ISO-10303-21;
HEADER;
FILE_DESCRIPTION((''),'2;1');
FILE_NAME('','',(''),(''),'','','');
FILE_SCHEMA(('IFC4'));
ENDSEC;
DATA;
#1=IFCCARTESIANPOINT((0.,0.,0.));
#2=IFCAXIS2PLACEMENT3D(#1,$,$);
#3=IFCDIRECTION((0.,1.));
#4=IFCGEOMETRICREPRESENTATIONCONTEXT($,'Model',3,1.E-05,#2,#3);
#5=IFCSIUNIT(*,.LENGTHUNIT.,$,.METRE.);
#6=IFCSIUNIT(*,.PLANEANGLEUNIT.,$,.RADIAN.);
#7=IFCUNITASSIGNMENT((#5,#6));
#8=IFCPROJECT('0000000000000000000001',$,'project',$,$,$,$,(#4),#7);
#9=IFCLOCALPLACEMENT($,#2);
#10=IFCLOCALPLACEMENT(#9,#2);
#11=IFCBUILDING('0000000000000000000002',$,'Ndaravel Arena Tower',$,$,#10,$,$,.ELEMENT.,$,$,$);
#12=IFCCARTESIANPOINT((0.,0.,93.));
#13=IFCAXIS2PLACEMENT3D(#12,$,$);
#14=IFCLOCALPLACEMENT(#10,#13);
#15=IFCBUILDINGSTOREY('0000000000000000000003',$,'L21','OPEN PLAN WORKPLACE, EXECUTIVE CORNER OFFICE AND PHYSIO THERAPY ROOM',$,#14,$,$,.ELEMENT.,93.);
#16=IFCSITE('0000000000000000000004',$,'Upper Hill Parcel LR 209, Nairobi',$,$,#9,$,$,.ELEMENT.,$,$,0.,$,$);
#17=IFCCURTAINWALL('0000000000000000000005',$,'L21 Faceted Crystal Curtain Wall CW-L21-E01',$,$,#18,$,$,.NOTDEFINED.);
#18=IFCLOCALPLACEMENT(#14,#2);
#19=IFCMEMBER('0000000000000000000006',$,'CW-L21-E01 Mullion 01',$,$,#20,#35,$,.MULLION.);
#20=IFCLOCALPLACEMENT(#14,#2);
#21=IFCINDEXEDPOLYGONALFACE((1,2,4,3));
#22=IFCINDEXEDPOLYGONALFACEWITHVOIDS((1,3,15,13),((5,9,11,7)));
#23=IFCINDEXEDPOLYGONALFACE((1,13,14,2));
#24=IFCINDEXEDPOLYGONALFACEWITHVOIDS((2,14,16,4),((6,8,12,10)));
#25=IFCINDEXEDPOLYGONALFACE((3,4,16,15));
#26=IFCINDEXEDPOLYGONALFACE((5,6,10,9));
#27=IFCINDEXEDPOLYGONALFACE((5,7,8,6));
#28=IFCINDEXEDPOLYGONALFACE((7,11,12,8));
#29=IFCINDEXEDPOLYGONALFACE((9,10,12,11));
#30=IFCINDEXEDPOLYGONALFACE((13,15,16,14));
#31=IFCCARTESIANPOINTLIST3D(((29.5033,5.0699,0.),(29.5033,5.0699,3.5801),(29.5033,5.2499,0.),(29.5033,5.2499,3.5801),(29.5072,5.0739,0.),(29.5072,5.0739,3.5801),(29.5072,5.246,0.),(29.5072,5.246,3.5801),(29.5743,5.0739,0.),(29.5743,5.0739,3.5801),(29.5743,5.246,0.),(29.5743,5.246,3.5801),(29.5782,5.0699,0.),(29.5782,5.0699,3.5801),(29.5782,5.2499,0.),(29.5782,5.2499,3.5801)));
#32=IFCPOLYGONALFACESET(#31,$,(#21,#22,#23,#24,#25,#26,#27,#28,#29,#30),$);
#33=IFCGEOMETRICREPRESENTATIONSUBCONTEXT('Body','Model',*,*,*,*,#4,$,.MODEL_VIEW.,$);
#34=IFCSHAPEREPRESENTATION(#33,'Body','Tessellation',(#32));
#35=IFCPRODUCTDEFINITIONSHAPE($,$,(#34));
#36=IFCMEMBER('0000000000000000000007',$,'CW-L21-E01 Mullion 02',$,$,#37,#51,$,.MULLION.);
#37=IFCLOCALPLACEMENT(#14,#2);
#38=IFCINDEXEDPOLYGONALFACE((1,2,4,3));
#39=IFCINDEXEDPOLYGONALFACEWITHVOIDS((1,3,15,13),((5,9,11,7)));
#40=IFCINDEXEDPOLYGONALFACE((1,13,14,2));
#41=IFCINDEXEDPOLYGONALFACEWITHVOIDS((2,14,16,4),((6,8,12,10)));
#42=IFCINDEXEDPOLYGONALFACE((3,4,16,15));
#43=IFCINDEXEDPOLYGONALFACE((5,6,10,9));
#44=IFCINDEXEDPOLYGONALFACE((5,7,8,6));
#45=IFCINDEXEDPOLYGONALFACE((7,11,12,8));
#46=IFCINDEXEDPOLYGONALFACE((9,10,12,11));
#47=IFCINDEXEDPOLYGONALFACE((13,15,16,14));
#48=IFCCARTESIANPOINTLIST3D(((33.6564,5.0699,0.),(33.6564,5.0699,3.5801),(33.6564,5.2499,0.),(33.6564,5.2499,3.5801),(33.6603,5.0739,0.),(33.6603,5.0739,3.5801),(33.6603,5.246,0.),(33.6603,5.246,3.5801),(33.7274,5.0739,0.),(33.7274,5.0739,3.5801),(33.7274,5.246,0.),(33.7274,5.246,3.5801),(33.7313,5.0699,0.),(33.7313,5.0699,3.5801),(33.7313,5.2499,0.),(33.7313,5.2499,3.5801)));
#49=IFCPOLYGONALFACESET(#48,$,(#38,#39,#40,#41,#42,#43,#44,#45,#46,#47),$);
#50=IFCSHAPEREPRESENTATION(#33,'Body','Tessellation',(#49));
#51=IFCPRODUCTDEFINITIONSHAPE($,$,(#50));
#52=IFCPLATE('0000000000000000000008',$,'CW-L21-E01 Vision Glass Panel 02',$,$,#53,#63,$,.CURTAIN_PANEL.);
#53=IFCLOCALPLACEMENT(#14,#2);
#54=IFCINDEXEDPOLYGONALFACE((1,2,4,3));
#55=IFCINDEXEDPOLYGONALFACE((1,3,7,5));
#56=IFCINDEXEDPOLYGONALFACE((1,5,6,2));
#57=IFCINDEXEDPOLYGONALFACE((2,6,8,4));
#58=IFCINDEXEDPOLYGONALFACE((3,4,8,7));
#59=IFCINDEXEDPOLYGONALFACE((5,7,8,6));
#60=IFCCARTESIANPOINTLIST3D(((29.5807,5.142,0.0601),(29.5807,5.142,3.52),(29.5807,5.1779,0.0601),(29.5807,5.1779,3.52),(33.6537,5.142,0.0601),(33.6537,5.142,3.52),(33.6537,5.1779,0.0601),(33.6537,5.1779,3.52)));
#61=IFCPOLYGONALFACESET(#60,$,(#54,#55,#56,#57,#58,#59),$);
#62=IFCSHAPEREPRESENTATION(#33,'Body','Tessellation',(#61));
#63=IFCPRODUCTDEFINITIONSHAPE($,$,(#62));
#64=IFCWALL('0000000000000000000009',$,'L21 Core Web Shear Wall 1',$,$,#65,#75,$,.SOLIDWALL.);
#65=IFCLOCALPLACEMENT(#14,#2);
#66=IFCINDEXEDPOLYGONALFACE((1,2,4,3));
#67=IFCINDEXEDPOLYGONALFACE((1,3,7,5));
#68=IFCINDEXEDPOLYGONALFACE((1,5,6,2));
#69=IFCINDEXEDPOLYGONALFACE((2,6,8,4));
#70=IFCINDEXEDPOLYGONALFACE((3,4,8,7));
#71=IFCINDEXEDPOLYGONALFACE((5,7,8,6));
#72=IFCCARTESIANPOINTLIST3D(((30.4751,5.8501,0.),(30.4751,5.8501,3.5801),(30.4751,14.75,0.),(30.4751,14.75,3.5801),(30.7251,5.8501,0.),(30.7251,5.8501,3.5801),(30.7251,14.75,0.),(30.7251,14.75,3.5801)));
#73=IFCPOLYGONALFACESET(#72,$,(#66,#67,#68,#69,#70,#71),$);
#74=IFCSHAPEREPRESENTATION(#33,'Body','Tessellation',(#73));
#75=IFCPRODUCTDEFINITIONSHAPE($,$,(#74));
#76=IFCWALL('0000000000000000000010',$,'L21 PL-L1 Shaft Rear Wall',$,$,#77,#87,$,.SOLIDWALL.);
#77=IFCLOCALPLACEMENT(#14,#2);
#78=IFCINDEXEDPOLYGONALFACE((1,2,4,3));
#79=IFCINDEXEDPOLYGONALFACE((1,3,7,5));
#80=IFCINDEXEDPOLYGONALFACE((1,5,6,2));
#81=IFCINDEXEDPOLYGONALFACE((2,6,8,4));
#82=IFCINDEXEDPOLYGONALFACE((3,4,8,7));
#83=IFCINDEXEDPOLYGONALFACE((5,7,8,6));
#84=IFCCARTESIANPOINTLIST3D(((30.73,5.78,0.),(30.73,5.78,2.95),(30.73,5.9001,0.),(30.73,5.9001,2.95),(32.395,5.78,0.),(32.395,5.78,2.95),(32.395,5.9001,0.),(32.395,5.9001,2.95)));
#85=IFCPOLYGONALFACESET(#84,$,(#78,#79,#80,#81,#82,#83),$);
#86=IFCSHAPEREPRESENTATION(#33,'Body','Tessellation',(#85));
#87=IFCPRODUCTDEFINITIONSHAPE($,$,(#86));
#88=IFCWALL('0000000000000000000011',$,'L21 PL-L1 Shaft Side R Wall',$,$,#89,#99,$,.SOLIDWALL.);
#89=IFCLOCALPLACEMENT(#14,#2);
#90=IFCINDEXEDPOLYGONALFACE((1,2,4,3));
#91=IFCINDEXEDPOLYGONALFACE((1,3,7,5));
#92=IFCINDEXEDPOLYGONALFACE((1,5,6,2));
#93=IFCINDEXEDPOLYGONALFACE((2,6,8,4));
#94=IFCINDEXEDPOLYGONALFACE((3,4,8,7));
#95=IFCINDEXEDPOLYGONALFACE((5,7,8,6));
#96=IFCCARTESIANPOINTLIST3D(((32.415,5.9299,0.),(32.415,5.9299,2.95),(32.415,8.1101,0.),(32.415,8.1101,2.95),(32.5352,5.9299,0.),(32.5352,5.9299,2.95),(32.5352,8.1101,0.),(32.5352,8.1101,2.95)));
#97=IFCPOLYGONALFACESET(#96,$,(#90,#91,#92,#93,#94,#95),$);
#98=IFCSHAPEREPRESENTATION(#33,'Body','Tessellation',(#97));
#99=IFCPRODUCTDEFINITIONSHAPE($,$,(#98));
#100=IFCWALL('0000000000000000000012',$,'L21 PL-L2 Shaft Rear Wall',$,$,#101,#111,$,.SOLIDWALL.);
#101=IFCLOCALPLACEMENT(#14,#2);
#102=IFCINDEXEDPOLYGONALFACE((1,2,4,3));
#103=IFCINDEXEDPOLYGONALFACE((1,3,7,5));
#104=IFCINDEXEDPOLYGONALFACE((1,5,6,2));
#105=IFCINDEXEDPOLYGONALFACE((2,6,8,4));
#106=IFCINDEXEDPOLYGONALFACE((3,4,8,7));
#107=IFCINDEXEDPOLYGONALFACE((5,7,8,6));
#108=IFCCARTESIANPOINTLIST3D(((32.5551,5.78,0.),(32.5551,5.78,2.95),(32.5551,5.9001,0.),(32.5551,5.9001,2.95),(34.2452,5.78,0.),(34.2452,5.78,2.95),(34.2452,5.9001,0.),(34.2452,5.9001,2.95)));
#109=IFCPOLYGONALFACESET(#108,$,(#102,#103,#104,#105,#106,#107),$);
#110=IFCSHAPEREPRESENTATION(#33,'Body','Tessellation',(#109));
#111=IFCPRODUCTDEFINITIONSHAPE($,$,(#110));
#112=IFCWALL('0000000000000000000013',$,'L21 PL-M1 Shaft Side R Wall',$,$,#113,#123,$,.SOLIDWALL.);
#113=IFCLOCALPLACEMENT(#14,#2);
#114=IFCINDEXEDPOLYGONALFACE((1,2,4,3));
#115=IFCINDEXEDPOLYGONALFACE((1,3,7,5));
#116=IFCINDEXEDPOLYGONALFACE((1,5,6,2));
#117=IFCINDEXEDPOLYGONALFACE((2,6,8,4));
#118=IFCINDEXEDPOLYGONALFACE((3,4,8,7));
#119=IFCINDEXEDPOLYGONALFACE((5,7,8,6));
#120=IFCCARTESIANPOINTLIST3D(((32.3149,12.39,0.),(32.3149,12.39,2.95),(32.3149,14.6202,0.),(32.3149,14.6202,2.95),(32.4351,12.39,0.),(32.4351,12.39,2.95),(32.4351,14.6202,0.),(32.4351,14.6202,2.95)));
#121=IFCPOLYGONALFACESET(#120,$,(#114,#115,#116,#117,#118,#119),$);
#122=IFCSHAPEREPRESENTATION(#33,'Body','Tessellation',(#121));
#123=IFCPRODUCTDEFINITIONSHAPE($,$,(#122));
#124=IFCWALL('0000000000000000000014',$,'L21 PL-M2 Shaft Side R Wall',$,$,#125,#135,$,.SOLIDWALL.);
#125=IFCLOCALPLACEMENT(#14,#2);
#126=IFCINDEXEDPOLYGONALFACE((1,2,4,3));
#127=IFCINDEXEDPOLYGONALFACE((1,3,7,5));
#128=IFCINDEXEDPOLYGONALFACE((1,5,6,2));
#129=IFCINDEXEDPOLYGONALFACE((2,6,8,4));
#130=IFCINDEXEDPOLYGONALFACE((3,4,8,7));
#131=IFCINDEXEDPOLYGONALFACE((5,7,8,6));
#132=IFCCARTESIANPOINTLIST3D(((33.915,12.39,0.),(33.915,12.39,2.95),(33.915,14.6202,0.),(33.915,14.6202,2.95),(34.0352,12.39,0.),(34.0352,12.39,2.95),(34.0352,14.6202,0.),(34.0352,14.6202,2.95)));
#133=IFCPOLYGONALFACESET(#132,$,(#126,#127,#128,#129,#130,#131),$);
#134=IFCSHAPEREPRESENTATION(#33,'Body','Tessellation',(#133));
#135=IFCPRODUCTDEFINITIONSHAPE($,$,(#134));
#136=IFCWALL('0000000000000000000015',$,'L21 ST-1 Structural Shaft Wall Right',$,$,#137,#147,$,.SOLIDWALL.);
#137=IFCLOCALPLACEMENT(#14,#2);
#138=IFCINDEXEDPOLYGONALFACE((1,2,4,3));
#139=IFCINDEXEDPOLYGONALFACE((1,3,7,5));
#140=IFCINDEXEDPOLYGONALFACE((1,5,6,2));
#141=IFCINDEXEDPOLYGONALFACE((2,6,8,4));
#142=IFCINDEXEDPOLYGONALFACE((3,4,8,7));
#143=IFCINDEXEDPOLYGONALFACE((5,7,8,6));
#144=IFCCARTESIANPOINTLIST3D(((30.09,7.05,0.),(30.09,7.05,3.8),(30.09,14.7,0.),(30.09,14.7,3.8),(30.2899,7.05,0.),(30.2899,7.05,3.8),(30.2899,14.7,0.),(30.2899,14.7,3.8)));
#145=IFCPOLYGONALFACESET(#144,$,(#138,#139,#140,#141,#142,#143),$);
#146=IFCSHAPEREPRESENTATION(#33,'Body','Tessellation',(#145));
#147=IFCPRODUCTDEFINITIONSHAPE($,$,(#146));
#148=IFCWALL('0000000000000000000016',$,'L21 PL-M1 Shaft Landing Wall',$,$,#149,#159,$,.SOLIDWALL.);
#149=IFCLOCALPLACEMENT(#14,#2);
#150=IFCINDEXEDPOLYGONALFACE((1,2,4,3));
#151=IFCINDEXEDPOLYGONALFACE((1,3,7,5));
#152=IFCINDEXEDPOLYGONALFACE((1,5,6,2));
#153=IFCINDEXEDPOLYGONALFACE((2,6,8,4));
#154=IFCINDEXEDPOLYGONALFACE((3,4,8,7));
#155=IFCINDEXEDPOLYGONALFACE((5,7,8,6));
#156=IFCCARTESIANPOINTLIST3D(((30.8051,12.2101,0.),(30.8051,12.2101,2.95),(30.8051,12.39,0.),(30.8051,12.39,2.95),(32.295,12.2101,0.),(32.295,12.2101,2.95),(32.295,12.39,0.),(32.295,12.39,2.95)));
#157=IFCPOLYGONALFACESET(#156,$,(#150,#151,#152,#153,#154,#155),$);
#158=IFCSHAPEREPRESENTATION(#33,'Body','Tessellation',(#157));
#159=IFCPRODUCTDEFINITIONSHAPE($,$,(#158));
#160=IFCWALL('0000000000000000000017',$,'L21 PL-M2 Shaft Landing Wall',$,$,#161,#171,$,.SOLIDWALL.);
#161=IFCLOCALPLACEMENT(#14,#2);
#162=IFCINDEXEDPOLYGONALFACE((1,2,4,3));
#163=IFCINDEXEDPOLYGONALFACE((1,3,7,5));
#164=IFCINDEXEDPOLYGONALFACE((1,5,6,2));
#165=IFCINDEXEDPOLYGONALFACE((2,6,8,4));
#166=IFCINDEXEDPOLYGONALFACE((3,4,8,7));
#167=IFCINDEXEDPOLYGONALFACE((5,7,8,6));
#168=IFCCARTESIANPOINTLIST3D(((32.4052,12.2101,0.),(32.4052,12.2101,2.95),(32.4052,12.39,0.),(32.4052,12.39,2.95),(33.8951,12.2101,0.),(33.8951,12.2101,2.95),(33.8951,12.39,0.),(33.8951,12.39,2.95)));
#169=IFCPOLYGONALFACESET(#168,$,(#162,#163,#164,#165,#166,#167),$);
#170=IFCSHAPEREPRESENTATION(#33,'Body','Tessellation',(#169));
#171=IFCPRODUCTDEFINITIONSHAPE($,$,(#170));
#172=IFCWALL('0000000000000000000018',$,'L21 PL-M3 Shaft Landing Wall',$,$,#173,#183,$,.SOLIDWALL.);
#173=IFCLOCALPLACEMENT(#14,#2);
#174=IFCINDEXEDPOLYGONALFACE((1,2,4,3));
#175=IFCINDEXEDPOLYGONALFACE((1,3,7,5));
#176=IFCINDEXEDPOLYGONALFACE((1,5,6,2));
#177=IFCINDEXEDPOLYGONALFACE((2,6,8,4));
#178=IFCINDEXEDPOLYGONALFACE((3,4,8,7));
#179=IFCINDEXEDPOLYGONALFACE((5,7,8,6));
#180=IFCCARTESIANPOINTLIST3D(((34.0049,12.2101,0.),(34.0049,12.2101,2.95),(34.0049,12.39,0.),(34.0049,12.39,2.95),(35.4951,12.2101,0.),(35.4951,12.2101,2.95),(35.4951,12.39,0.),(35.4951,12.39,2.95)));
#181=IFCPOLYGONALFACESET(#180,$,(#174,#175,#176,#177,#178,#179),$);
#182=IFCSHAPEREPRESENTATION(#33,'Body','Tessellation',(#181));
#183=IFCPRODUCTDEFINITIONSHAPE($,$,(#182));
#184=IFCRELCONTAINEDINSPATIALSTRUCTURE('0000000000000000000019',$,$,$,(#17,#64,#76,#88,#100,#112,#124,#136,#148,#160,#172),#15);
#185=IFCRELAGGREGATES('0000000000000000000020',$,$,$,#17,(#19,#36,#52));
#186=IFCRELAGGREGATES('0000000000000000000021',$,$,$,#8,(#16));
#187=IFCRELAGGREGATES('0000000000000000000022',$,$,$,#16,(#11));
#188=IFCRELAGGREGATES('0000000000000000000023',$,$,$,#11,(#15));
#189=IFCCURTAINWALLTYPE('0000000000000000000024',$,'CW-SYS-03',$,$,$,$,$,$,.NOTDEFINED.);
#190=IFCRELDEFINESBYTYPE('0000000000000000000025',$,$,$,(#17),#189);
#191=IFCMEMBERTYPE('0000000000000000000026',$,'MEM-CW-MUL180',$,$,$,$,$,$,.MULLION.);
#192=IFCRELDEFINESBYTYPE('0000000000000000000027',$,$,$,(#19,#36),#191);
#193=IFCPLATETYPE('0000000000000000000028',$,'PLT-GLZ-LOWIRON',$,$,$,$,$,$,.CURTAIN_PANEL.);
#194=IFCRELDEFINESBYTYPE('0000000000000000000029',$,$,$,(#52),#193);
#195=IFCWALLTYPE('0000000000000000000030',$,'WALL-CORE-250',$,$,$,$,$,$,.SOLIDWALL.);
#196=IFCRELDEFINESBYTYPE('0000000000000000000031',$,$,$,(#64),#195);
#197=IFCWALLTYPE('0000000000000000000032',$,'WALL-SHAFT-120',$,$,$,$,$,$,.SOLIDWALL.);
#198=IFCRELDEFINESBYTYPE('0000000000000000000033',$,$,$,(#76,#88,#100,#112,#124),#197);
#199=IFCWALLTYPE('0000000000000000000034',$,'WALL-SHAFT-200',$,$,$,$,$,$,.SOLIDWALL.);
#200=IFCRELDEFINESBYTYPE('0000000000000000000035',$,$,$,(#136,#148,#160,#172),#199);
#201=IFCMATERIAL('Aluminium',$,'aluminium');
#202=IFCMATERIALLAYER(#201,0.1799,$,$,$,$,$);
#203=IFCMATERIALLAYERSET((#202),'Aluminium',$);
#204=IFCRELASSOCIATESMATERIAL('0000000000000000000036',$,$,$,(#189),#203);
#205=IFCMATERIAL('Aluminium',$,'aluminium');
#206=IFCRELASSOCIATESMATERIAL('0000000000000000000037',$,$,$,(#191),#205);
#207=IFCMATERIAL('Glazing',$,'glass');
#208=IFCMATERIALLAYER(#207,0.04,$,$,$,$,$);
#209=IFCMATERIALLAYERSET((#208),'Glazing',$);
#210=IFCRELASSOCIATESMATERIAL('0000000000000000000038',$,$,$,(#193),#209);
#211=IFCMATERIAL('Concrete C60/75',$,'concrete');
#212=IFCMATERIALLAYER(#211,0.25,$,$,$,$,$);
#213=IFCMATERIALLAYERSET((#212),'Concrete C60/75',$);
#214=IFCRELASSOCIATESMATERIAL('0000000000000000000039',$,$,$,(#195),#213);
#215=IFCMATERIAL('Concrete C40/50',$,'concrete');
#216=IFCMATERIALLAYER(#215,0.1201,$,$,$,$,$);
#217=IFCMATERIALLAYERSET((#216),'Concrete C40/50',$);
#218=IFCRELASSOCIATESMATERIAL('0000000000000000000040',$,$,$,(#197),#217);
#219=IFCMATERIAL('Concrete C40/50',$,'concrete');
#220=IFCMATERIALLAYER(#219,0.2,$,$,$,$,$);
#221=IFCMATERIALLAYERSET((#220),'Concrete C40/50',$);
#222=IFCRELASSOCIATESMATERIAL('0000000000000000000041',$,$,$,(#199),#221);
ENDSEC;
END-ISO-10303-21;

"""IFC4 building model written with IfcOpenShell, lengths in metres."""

from ifc_helpers import new_model, si_unit, direction, frame, frame_2d, origin, origin_2d, place, context, subcontext, project, spatial, rectangle, hollow_rectangle, extrude, material, layer, layer_set, material_profile, profile_set, type_object, element, aggregate, save


model = new_model("IFC4")

# Units and contexts
model_context = context("Model", 3, precision=1e-05, world=origin(), true_north=direction((0.0, 1.0)))
body_context = subcontext(model_context, "Body", "Model", "MODEL_VIEW")
ifc_project = project(units=[si_unit("LENGTHUNIT", "METRE"), si_unit("PLANEANGLEUNIT", "RADIAN")], contexts=[model_context])

# Site, building, storey
site_placement = place(None, origin())
site = spatial("IfcSite", under=ifc_project, at=site_placement, Name="Upper Hill Parcel LR 209, Nairobi", CompositionType="ELEMENT", RefElevation=0.0)
building_placement = place(site_placement, origin())
building = spatial("IfcBuilding", under=site, at=building_placement, Name="Ndaravel Arena Tower", CompositionType="ELEMENT")
storey_placement = place(building_placement, frame((0.0, 0.0, 93.0)))
storey = spatial("IfcBuildingStorey", under=building, at=storey_placement, Name="L21", Description="OPEN PLAN WORKPLACE, EXECUTIVE CORNER OFFICE AND PHYSIO THERAPY ROOM", CompositionType="ELEMENT", Elevation=93.0)

# Curtain wall, members, plate
ifc_material_1 = material(Name="Aluminium", Category="aluminium")
ifc_layer_1 = layer(ifc_material_1, 0.1799)
ifc_layer_set_1 = layer_set([ifc_layer_1], Name="Aluminium")
curtain_wall_type = type_object("IfcCurtainWallType", Name="CW-SYS-03", PredefinedType="NOTDEFINED", material=ifc_layer_set_1)
curtain_wall_placement = place(storey_placement, origin())
curtain_wall = element("IfcCurtainWall", 1, at=curtain_wall_placement, inside=storey, type_object=curtain_wall_type, Name="L21 Faceted Crystal Curtain Wall CW-L21-E01", PredefinedType="NOTDEFINED")
ifc_material_2 = material(Name="Aluminium", Category="aluminium")
ifc_material_profile = material_profile(ifc_material_2, hollow_rectangle(XDim=0.075, YDim=0.1799, WallThickness=0.0039, at=origin_2d()), Name="CW MULLION 75x180x4")
ifc_profile_set = profile_set([ifc_material_profile], Name="Aluminium")
member_type = type_object("IfcMemberType", Name="MEM-CW-MUL180", PredefinedType="MULLION", material=ifc_profile_set)
member_1_placement = place(storey_placement, frame((29.5408, 5.1599, 0.0), z_axis=(0.0, 0.0, 1.0), x_axis=(1.0, 0.0, 0.0)))
member_1 = element("IfcMember", 2, at=member_1_placement, type_object=member_type, Name="CW-L21-E01 Mullion 01", PredefinedType="MULLION", context=body_context, shape_type="SweptSolid", body=[
    extrude(hollow_rectangle(XDim=0.075, YDim=0.1799, WallThickness=0.0039, at=origin_2d()), origin(), (0.0, 0.0, 1.0), 3.5801),
])
member_2_placement = place(storey_placement, frame((33.6938, 5.1599, 0.0), z_axis=(0.0, 0.0, 1.0), x_axis=(1.0, 0.0, 0.0)))
member_2 = element("IfcMember", 3, at=member_2_placement, type_object=member_type, Name="CW-L21-E01 Mullion 02", PredefinedType="MULLION", context=body_context, shape_type="SweptSolid", body=[
    extrude(hollow_rectangle(XDim=0.075, YDim=0.1799, WallThickness=0.0039, at=origin_2d()), origin(), (0.0, 0.0, 1.0), 3.5801),
])
ifc_material_3 = material(Name="Glazing", Category="glass")
ifc_layer_2 = layer(ifc_material_3, 0.04)
ifc_layer_set_2 = layer_set([ifc_layer_2], Name="Glazing")
plate_type = type_object("IfcPlateType", Name="PLT-GLZ-LOWIRON", PredefinedType="CURTAIN_PANEL", material=ifc_layer_set_2)
plate_placement = place(storey_placement, frame((31.6172, 5.1599, 0.0601), z_axis=(0.0, 0.0, 1.0), x_axis=(1.0, 0.0, 0.0)))
plate = element("IfcPlate", 4, at=plate_placement, type_object=plate_type, Name="CW-L21-E01 Vision Glass Panel 02", PredefinedType="CURTAIN_PANEL", context=body_context, shape_type="SweptSolid", body=[
    extrude(rectangle(XDim=4.073, YDim=0.0359, at=origin_2d()), origin(), (0.0, 0.0, 1.0), 3.46),
])
aggregate(curtain_wall, [member_1, member_2, plate])

# Walls
ifc_material_4 = material(Name="Concrete C60/75", Category="concrete")
ifc_layer_3 = layer(ifc_material_4, 0.25)
ifc_layer_set_3 = layer_set([ifc_layer_3], Name="Concrete C60/75")
wall_type_1 = type_object("IfcWallType", Name="WALL-CORE-250", PredefinedType="SOLIDWALL", material=ifc_layer_set_3)
wall_1_placement = place(storey_placement, frame((30.6001, 5.8501, 0.0), z_axis=(0.0, 0.0, 1.0), x_axis=(0.0, 1.0, 0.0)))
element("IfcWall", 5, at=wall_1_placement, inside=storey, type_object=wall_type_1, Name="L21 Core Web Shear Wall 1", PredefinedType="SOLIDWALL", context=body_context, shape_type="SweptSolid", body=[
    extrude(rectangle(XDim=8.8999, YDim=0.25, at=frame_2d((4.45, 0.0))), origin(), (0.0, 0.0, 1.0), 3.5801),
])
ifc_material_5 = material(Name="Concrete C40/50", Category="concrete")
ifc_layer_4 = layer(ifc_material_5, 0.1201)
ifc_layer_set_4 = layer_set([ifc_layer_4], Name="Concrete C40/50")
wall_type_2 = type_object("IfcWallType", Name="WALL-SHAFT-120", PredefinedType="SOLIDWALL", material=ifc_layer_set_4)
wall_2_placement = place(storey_placement, frame((30.73, 5.8401, 0.0), z_axis=(0.0, 0.0, 1.0), x_axis=(1.0, 0.0, 0.0)))
element("IfcWall", 6, at=wall_2_placement, inside=storey, type_object=wall_type_2, Name="L21 PL-L1 Shaft Rear Wall", PredefinedType="SOLIDWALL", context=body_context, shape_type="SweptSolid", body=[
    extrude(rectangle(XDim=1.665, YDim=0.1201, at=frame_2d((0.8325, 0.0))), origin(), (0.0, 0.0, 1.0), 2.95),
])
wall_3_placement = place(storey_placement, frame((32.4751, 5.9299, 0.0), z_axis=(0.0, 0.0, 1.0), x_axis=(0.0, 1.0, 0.0)))
element("IfcWall", 7, at=wall_3_placement, inside=storey, type_object=wall_type_2, Name="L21 PL-L1 Shaft Side R Wall", PredefinedType="SOLIDWALL", context=body_context, shape_type="SweptSolid", body=[
    extrude(rectangle(XDim=2.1802, YDim=0.1201, at=frame_2d((1.0901, 0.0))), origin(), (0.0, 0.0, 1.0), 2.95),
])
wall_4_placement = place(storey_placement, frame((32.5549, 5.8401, 0.0), z_axis=(0.0, 0.0, 1.0), x_axis=(1.0, 0.0, 0.0)))
element("IfcWall", 8, at=wall_4_placement, inside=storey, type_object=wall_type_2, Name="L21 PL-L2 Shaft Rear Wall", PredefinedType="SOLIDWALL", context=body_context, shape_type="SweptSolid", body=[
    extrude(rectangle(XDim=1.6902, YDim=0.1201, at=frame_2d((0.8452, 0.0))), origin(), (0.0, 0.0, 1.0), 2.95),
])
for number, where, z_axis, x_axis, name in (
    (9, (32.375, 12.3899, 0.0), (0.0, 0.0, 1.0), (0.0, 1.0, 0.0), "L21 PL-M1 Shaft Side R Wall"),
    (10, (33.9751, 12.3899, 0.0), (0.0, 0.0, 1.0), (0.0, 1.0, 0.0), "L21 PL-M2 Shaft Side R Wall"),
):
    element("IfcWall", number, at=place(storey_placement, frame(where, z_axis=z_axis, x_axis=x_axis)), inside=storey, type_object=wall_type_2, Name=name, PredefinedType="SOLIDWALL", context=body_context, shape_type="SweptSolid", body=[
        extrude(rectangle(XDim=2.2302, YDim=0.1201, at=frame_2d((1.1152, 0.0))), origin(), (0.0, 0.0, 1.0), 2.95),
    ])
ifc_material_6 = material(Name="Concrete C40/50", Category="concrete")
ifc_layer_5 = layer(ifc_material_6, 0.2)
ifc_layer_set_5 = layer_set([ifc_layer_5], Name="Concrete C40/50")
wall_type_3 = type_object("IfcWallType", Name="WALL-SHAFT-200", PredefinedType="SOLIDWALL", material=ifc_layer_set_5)
wall_5_placement = place(storey_placement, frame((30.1899, 14.7, 0.0), z_axis=(0.0, 0.0, 1.0), x_axis=(0.0, -1.0, 0.0)))
element("IfcWall", 11, at=wall_5_placement, inside=storey, type_object=wall_type_3, Name="L21 ST-1 Structural Shaft Wall Right", PredefinedType="SOLIDWALL", context=body_context, shape_type="SweptSolid", body=[
    extrude(rectangle(XDim=7.6499, YDim=0.2, at=frame_2d((3.825, 0.0))), origin(), (0.0, 0.0, 1.0), 3.8),
])

# Walls
for number, where, z_axis, x_axis, name in (
    (12, (30.8049, 12.3, 0.0), (0.0, 0.0, 1.0), (1.0, 0.0, 0.0), "L21 PL-M1 Shaft Landing Wall"),
    (13, (32.405, 12.3, 0.0), (0.0, 0.0, 1.0), (1.0, 0.0, 0.0), "L21 PL-M2 Shaft Landing Wall"),
):
    element("IfcWall", number, at=place(storey_placement, frame(where, z_axis=z_axis, x_axis=x_axis)), inside=storey, type_object=wall_type_3, Name=name, PredefinedType="SOLIDWALL", context=body_context, shape_type="SweptSolid", body=[
        extrude(rectangle(XDim=1.49, YDim=0.1799, at=frame_2d((0.7451, 0.0))), origin(), (0.0, 0.0, 1.0), 2.95),
    ])
wall_6_placement = place(storey_placement, frame((34.0049, 12.3, 0.0), z_axis=(0.0, 0.0, 1.0), x_axis=(1.0, 0.0, 0.0)))
element("IfcWall", 14, at=wall_6_placement, inside=storey, type_object=wall_type_3, Name="L21 PL-M3 Shaft Landing Wall", PredefinedType="SOLIDWALL", context=body_context, shape_type="SweptSolid", body=[
    extrude(rectangle(XDim=1.4902, YDim=0.1799, at=frame_2d((0.7451, 0.0))), origin(), (0.0, 0.0, 1.0), 2.95),
])

save(model, "model.ifc")
